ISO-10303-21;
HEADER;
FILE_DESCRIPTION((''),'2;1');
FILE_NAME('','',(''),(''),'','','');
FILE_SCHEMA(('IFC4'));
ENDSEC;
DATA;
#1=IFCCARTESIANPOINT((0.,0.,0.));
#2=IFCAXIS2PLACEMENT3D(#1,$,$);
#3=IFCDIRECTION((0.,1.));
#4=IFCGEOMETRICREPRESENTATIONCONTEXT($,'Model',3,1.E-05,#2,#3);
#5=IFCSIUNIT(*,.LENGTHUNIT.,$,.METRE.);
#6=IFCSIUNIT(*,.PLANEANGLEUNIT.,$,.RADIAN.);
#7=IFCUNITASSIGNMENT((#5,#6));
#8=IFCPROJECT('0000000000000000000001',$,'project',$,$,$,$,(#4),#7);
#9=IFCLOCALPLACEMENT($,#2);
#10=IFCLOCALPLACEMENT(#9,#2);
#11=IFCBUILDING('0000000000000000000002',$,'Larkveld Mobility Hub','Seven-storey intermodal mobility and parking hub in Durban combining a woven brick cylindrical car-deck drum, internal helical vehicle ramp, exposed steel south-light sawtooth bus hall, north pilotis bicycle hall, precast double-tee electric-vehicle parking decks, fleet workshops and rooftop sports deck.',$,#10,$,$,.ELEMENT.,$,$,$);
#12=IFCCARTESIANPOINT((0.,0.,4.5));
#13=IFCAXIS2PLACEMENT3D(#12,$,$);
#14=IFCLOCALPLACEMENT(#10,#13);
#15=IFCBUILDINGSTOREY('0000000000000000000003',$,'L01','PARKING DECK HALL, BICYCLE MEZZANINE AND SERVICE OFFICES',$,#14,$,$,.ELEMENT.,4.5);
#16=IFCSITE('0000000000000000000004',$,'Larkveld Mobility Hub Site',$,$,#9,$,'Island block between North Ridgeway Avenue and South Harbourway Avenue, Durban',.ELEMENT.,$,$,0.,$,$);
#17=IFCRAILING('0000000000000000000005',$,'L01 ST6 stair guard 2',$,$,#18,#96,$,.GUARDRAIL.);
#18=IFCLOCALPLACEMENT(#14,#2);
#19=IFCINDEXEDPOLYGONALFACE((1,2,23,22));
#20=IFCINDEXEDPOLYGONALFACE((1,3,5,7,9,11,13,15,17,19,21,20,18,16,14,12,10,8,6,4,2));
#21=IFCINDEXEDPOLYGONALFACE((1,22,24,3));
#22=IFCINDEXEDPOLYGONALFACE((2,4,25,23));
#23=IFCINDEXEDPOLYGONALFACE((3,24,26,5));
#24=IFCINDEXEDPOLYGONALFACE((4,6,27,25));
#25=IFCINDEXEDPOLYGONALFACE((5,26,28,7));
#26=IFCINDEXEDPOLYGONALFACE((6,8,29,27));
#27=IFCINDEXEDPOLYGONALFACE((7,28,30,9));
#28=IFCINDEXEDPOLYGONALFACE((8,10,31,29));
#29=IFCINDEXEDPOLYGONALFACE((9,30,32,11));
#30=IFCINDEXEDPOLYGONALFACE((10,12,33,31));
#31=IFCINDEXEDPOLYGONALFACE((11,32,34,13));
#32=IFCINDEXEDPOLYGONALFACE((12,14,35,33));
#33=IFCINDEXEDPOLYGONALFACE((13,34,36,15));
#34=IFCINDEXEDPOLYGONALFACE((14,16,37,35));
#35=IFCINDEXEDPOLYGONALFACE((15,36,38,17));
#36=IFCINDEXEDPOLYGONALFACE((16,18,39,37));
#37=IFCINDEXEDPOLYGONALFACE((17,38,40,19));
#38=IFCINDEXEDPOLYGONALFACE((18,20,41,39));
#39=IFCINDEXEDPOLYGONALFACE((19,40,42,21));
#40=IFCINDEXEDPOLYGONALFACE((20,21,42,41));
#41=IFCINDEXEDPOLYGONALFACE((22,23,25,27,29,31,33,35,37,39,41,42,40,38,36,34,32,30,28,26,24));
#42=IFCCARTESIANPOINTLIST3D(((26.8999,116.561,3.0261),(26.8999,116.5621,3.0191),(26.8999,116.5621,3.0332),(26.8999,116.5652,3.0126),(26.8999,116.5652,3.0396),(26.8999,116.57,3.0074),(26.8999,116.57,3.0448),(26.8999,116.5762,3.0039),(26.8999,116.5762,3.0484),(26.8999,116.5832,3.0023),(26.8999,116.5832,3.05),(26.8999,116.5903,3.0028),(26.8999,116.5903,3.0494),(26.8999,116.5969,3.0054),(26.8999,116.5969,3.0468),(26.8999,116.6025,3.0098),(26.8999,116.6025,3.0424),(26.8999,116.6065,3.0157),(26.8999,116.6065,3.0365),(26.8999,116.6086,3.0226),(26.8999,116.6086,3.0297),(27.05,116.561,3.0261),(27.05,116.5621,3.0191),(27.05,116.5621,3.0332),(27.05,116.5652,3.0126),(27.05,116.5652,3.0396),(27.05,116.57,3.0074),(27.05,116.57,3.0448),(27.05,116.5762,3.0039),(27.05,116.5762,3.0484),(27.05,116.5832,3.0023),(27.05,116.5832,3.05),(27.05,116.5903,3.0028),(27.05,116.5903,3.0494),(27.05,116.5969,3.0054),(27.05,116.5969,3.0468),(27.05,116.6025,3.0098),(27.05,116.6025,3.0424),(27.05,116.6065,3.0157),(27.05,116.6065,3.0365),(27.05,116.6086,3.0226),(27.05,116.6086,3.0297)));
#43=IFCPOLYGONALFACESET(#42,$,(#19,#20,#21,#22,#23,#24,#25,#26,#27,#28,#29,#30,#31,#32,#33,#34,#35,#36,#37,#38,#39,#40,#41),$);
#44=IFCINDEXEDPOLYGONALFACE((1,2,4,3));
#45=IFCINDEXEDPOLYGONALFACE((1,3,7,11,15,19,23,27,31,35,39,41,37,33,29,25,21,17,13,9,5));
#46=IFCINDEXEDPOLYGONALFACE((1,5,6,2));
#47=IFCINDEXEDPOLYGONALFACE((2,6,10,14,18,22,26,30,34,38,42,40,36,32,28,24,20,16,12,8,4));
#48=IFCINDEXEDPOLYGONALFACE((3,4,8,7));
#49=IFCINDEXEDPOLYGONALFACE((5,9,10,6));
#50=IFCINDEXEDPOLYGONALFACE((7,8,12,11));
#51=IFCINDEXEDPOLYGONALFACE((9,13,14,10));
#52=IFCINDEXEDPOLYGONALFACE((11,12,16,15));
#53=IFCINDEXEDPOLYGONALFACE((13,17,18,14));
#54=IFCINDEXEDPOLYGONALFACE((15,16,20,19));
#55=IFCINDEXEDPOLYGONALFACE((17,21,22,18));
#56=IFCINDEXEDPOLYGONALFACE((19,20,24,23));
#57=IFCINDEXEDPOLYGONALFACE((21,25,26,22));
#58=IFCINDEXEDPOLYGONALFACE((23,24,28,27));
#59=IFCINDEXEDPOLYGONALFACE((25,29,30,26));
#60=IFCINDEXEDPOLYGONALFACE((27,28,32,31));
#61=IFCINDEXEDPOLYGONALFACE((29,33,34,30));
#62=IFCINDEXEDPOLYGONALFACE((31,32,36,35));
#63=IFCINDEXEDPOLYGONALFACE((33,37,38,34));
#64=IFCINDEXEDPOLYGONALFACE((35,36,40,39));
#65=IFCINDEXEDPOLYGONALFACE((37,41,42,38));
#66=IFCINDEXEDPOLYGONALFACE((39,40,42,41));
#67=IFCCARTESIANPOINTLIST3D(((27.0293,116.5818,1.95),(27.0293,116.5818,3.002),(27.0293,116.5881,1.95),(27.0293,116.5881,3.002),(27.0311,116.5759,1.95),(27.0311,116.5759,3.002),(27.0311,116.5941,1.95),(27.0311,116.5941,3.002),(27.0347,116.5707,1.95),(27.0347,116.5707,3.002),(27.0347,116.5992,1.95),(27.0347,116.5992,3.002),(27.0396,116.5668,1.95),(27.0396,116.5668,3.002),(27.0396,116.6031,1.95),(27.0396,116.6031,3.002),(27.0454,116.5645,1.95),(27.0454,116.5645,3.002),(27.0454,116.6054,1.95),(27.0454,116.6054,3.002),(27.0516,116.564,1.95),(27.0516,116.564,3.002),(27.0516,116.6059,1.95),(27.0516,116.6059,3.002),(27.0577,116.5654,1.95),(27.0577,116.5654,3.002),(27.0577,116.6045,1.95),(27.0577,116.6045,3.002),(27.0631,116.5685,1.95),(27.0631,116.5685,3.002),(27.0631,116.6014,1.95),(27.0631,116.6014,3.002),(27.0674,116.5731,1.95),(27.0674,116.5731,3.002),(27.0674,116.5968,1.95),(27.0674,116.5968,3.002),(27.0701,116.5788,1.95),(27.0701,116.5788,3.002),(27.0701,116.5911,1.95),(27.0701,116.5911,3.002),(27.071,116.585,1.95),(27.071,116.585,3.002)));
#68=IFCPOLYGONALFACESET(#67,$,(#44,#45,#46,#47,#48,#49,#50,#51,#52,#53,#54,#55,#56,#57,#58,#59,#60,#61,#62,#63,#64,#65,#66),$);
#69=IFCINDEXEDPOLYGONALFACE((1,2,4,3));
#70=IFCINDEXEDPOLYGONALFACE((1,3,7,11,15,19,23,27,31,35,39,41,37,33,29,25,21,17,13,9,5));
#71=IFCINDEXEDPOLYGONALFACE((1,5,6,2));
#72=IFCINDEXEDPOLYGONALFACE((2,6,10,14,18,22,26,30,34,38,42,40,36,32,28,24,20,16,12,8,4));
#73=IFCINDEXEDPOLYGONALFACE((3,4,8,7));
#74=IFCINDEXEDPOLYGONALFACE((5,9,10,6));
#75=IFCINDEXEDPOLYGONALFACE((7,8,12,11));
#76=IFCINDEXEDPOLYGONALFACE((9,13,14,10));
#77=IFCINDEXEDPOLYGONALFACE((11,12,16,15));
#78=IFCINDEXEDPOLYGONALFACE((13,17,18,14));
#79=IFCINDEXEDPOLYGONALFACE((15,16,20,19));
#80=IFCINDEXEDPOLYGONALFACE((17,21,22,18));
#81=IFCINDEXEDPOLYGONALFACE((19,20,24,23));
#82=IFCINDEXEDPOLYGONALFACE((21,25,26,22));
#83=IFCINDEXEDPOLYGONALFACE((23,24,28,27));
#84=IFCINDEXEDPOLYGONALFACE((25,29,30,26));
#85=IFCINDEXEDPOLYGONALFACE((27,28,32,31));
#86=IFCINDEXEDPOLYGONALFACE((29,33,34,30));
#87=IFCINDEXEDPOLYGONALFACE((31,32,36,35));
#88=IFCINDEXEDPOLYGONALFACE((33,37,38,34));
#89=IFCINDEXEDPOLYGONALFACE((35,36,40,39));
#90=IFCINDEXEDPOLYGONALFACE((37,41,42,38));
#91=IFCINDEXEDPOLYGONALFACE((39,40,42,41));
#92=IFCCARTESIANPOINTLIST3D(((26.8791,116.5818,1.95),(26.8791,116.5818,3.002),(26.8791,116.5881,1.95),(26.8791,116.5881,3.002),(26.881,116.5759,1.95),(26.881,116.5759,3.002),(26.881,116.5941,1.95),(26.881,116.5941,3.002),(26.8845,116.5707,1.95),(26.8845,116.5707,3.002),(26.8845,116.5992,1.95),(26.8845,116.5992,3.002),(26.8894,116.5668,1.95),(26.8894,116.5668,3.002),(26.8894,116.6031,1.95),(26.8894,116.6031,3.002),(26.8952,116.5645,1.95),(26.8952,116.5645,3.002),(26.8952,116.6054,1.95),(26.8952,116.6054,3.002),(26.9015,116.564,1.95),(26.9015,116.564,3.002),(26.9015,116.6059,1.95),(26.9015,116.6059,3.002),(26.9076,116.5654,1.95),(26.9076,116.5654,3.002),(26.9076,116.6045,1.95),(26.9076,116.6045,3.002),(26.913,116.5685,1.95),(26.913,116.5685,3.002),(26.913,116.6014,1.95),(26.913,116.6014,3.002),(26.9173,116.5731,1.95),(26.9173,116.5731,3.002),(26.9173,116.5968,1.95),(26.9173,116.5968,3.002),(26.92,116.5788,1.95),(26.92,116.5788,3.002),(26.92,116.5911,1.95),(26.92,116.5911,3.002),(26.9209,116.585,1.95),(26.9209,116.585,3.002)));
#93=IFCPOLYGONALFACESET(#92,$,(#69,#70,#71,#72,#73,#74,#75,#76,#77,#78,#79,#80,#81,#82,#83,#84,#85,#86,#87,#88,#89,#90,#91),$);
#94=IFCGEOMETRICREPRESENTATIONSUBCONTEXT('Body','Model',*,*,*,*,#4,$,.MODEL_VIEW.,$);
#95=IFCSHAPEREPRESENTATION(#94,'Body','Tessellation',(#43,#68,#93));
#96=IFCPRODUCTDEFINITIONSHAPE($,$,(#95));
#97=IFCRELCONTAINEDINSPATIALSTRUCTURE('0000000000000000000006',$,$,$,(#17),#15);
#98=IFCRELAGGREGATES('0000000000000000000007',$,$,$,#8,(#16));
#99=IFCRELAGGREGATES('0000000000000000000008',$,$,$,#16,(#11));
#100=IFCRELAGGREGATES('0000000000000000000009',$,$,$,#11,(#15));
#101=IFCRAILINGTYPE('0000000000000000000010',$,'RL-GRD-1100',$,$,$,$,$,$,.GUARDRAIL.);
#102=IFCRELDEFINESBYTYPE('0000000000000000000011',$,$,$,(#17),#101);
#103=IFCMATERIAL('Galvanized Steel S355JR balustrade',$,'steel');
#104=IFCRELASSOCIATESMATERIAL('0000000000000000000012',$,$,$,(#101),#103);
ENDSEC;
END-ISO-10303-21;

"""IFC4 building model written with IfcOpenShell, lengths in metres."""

from ifc_helpers import new_model, si_unit, direction, frame, origin, origin_2d, place, context, subcontext, project, spatial, circle, extrude, material, type_object, element, save


model = new_model("IFC4")

# Units and contexts
model_context = context("Model", 3, precision=1e-05, world=origin(), true_north=direction((0.0, 1.0)))
body_context = subcontext(model_context, "Body", "Model", "MODEL_VIEW")
ifc_project = project(units=[si_unit("LENGTHUNIT", "METRE"), si_unit("PLANEANGLEUNIT", "RADIAN")], contexts=[model_context])

# Site, building, storey
site_placement = place(None, origin())
site = spatial("IfcSite", under=ifc_project, at=site_placement, Name="Larkveld Mobility Hub Site", LongName="Island block between North Ridgeway Avenue and South Harbourway Avenue, Durban", CompositionType="ELEMENT", RefElevation=0.0)
building_placement = place(site_placement, origin())
building = spatial("IfcBuilding", under=site, at=building_placement, Name="Larkveld Mobility Hub", Description="Seven-storey intermodal mobility and parking hub in Durban combining a woven brick cylindrical car-deck drum, internal helical vehicle ramp, exposed steel south-light sawtooth bus hall, north pilotis bicycle hall, precast double-tee electric-vehicle parking decks, fleet workshops and rooftop sports deck.", CompositionType="ELEMENT")
storey_placement = place(building_placement, frame((0.0, 0.0, 4.5)))
storey = spatial("IfcBuildingStorey", under=building, at=storey_placement, Name="L01", Description="PARKING DECK HALL, BICYCLE MEZZANINE AND SERVICE OFFICES", CompositionType="ELEMENT", Elevation=4.5)

# Railing
ifc_material_1 = material(Name="Galvanized Steel S355JR balustrade", Category="steel")
railing_type_1 = type_object("IfcRailingType", Name="RL-GRD-1100", PredefinedType="GUARDRAIL", material=ifc_material_1)
railing_1_placement = place(storey_placement, frame((27.05, 116.585, 1.95)))
element("IfcRailing", 1, at=railing_1_placement, inside=storey, type_object=railing_type_1, Name="L01 ST6 stair guard 2", PredefinedType="GUARDRAIL", context=body_context, shape_type="SweptSolid", body=[
    extrude(circle(Radius=0.0239, at=origin_2d()), frame((0.0, 0.0, 1.0762), z_axis=(-1.0, 0.0, 0.0), x_axis=(0.0, -1.0, 0.0)), (0.0, 0.0, 1.0), 0.1501),
    extrude(circle(Radius=0.021, at=origin_2d()), origin(), (0.0, 0.0, 1.0), 1.052),
    extrude(circle(Radius=0.021, at=origin_2d()), frame((-0.1501, 0.0, 0.0)), (0.0, 0.0, 1.0), 1.052),
])

save(model, "model.ifc")
